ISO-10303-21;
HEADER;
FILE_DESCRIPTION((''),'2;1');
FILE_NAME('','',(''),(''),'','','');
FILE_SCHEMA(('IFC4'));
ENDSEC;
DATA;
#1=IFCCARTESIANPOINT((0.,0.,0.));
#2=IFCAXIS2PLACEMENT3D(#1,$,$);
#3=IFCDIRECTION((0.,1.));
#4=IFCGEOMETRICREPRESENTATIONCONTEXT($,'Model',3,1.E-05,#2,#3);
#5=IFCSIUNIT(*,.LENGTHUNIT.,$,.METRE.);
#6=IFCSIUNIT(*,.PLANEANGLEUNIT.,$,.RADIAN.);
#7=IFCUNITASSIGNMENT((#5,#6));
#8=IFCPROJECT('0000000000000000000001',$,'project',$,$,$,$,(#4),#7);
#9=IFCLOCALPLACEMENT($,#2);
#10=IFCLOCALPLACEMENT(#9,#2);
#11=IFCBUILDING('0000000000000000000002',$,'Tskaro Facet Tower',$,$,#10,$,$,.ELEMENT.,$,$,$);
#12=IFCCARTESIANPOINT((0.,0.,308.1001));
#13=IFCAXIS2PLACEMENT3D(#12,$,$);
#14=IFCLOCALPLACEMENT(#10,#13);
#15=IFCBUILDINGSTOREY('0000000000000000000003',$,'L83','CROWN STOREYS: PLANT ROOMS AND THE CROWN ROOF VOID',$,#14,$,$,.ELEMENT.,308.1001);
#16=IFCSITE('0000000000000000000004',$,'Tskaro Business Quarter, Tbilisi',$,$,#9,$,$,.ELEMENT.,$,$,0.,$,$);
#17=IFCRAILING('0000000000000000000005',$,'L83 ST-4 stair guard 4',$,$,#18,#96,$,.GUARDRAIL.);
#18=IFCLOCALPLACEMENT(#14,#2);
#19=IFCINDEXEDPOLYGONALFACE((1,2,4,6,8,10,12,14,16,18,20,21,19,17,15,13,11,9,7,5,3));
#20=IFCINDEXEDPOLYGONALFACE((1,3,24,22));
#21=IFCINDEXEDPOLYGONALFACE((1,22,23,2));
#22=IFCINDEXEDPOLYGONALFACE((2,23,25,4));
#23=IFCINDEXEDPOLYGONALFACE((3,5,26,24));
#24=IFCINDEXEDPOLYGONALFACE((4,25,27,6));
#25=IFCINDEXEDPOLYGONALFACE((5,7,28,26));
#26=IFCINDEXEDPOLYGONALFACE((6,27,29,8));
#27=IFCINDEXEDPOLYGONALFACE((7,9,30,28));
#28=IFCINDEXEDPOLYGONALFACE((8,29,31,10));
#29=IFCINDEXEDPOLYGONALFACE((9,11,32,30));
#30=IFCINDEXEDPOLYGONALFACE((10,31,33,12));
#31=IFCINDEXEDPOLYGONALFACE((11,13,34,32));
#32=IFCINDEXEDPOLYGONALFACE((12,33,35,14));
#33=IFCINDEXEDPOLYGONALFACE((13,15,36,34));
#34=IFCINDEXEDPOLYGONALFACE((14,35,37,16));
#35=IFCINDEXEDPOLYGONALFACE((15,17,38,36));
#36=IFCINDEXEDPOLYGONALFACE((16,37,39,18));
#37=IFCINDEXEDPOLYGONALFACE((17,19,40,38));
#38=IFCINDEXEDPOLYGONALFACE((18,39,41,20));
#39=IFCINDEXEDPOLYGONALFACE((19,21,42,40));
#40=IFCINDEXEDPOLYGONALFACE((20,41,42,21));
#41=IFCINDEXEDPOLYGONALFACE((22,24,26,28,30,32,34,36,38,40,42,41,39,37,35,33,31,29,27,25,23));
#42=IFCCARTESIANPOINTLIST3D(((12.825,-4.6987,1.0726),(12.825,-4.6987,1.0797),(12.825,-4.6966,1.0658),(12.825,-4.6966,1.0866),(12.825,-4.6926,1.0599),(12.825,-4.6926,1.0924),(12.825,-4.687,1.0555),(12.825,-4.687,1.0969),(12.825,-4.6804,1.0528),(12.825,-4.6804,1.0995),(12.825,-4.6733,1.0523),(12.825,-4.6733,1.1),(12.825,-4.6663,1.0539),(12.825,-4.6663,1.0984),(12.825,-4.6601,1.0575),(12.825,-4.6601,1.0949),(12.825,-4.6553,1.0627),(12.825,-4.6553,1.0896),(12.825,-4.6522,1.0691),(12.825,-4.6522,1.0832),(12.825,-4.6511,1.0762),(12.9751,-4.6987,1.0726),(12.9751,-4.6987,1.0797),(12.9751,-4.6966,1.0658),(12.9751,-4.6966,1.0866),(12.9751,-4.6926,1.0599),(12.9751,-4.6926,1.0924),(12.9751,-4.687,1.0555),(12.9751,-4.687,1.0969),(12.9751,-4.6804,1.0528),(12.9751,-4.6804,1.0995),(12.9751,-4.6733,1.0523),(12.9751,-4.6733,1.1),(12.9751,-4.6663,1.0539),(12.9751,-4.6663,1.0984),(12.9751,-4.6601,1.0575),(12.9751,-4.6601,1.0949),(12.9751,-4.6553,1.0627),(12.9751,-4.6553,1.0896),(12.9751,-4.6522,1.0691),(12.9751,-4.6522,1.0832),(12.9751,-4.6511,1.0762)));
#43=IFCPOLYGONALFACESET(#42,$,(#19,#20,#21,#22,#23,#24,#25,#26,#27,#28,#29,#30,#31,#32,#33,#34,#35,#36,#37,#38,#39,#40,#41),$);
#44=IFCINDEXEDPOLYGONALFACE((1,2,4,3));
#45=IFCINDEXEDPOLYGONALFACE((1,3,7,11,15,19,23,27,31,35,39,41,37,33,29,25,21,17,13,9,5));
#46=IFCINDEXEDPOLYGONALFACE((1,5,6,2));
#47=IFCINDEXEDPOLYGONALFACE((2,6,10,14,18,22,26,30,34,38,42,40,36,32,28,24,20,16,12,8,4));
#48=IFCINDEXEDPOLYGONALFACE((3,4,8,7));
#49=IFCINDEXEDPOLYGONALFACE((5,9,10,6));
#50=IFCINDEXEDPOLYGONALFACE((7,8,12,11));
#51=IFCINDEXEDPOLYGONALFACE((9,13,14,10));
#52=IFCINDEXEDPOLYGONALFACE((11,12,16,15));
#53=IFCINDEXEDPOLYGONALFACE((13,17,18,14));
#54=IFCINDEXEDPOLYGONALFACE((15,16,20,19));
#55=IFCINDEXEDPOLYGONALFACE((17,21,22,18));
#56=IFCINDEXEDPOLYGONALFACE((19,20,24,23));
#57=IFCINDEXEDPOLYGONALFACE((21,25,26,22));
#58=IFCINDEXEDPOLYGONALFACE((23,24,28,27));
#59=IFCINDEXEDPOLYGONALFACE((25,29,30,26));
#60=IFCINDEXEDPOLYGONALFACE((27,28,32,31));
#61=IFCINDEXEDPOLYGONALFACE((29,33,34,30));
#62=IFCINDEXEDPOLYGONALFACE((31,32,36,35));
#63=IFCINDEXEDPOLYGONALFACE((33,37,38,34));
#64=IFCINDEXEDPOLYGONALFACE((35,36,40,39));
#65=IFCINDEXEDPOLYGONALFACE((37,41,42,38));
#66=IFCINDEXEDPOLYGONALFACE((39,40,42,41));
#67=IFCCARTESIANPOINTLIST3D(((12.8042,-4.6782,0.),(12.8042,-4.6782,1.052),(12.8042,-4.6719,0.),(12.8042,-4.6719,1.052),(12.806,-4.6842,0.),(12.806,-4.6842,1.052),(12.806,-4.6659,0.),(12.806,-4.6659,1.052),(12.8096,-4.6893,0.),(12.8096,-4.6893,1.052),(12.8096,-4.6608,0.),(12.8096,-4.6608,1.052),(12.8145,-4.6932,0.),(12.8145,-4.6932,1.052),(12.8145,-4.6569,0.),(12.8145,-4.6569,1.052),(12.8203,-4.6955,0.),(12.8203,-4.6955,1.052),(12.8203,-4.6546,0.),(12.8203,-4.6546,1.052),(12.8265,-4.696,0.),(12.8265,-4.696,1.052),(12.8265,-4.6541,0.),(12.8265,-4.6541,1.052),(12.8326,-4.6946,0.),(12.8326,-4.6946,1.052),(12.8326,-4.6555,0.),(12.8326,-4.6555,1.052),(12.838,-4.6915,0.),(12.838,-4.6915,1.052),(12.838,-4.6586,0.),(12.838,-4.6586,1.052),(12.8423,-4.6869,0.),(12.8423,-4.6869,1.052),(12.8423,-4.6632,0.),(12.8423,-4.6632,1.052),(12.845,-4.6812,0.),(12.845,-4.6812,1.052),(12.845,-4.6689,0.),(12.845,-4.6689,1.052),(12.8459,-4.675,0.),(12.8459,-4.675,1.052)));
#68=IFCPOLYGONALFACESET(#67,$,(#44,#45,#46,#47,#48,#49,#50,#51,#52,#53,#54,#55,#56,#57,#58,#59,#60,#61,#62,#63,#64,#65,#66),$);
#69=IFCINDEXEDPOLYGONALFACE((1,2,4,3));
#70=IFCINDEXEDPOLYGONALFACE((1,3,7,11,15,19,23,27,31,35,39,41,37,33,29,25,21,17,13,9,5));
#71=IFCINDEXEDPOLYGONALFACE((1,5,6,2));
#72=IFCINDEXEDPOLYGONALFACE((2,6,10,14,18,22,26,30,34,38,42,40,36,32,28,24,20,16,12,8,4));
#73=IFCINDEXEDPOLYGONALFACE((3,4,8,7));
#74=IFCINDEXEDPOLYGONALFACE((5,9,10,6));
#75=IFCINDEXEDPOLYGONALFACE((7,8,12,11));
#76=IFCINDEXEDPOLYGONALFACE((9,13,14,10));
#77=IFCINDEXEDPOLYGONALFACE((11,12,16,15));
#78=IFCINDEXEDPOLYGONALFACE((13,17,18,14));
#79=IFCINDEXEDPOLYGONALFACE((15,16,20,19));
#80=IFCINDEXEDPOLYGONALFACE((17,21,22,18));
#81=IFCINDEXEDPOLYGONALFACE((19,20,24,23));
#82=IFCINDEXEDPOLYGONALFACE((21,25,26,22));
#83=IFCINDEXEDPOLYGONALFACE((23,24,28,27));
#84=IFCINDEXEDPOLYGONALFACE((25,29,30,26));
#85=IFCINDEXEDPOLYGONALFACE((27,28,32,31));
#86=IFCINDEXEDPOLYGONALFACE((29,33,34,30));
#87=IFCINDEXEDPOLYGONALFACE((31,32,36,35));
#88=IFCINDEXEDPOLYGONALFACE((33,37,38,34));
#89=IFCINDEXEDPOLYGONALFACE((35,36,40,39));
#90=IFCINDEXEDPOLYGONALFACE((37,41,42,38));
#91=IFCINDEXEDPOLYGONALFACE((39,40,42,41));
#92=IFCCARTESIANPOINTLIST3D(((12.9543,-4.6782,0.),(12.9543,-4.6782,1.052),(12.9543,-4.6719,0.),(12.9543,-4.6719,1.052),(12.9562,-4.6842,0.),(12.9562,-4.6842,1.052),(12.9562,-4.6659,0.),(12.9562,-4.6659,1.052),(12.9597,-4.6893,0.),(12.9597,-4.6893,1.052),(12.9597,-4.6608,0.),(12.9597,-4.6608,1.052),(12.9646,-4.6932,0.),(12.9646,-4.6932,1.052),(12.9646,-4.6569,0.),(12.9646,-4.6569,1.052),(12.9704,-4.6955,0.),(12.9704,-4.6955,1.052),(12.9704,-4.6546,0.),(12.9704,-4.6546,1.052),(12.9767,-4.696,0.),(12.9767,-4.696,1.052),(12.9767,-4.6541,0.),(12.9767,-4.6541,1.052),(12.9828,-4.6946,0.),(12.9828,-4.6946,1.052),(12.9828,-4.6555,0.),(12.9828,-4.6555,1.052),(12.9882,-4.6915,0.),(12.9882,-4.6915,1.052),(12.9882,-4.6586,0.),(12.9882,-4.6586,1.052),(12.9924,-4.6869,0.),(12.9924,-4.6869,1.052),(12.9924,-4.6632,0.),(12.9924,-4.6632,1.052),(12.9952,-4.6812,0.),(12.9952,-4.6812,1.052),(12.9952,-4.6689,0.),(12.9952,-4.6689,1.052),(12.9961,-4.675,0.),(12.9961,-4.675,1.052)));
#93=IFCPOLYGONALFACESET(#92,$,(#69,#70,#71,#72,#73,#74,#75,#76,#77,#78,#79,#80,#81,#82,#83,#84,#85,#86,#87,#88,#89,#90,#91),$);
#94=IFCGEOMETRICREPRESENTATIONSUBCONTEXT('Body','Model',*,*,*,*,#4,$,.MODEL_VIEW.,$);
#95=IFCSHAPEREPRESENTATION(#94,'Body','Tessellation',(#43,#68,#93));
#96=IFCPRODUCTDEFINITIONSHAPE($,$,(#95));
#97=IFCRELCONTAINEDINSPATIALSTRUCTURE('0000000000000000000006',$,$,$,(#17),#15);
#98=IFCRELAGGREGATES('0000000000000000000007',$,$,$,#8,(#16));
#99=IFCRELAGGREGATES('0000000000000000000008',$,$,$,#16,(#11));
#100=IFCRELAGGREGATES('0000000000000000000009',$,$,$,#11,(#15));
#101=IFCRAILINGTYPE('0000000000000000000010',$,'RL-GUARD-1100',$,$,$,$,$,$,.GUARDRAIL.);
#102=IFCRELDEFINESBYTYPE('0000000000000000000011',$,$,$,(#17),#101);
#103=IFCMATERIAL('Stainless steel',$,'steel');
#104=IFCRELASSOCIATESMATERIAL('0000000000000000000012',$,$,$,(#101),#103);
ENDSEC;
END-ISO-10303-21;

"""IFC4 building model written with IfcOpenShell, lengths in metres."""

from ifc_helpers import new_model, si_unit, direction, frame, origin, origin_2d, place, context, subcontext, project, spatial, circle, extrude, material, type_object, element, save


model = new_model("IFC4")

# Units and contexts
model_context = context("Model", 3, precision=1e-05, world=origin(), true_north=direction((0.0, 1.0)))
body_context = subcontext(model_context, "Body", "Model", "MODEL_VIEW")
ifc_project = project(units=[si_unit("LENGTHUNIT", "METRE"), si_unit("PLANEANGLEUNIT", "RADIAN")], contexts=[model_context])

# Site, building, storey
site_placement = place(None, origin())
site = spatial("IfcSite", under=ifc_project, at=site_placement, Name="Tskaro Business Quarter, Tbilisi", CompositionType="ELEMENT", RefElevation=0.0)
building_placement = place(site_placement, origin())
building = spatial("IfcBuilding", under=site, at=building_placement, Name="Tskaro Facet Tower", CompositionType="ELEMENT")
storey_placement = place(building_placement, frame((0.0, 0.0, 308.1001)))
storey = spatial("IfcBuildingStorey", under=building, at=storey_placement, Name="L83", Description="CROWN STOREYS: PLANT ROOMS AND THE CROWN ROOF VOID", CompositionType="ELEMENT", Elevation=308.1001)

# Railing
ifc_material_1 = material(Name="Stainless steel", Category="steel")
railing_type_1 = type_object("IfcRailingType", Name="RL-GUARD-1100", PredefinedType="GUARDRAIL", material=ifc_material_1)
railing_1_placement = place(storey_placement, frame((12.825, -4.675, 0.0)))
element("IfcRailing", 1, at=railing_1_placement, inside=storey, type_object=railing_type_1, Name="L83 ST-4 stair guard 4", PredefinedType="GUARDRAIL", context=body_context, shape_type="SweptSolid", body=[
    extrude(circle(Radius=0.0239, at=origin_2d()), frame((0.0, 0.0, 1.0762), z_axis=(1.0, 0.0, 0.0), x_axis=(0.0, 1.0, 0.0)), (0.0, 0.0, 1.0), 0.1501),
    extrude(circle(Radius=0.021, at=origin_2d()), origin(), (0.0, 0.0, 1.0), 1.052),
    extrude(circle(Radius=0.021, at=origin_2d()), frame((0.1501, 0.0, 0.0)), (0.0, 0.0, 1.0), 1.052),
])

save(model, "model.ifc")
